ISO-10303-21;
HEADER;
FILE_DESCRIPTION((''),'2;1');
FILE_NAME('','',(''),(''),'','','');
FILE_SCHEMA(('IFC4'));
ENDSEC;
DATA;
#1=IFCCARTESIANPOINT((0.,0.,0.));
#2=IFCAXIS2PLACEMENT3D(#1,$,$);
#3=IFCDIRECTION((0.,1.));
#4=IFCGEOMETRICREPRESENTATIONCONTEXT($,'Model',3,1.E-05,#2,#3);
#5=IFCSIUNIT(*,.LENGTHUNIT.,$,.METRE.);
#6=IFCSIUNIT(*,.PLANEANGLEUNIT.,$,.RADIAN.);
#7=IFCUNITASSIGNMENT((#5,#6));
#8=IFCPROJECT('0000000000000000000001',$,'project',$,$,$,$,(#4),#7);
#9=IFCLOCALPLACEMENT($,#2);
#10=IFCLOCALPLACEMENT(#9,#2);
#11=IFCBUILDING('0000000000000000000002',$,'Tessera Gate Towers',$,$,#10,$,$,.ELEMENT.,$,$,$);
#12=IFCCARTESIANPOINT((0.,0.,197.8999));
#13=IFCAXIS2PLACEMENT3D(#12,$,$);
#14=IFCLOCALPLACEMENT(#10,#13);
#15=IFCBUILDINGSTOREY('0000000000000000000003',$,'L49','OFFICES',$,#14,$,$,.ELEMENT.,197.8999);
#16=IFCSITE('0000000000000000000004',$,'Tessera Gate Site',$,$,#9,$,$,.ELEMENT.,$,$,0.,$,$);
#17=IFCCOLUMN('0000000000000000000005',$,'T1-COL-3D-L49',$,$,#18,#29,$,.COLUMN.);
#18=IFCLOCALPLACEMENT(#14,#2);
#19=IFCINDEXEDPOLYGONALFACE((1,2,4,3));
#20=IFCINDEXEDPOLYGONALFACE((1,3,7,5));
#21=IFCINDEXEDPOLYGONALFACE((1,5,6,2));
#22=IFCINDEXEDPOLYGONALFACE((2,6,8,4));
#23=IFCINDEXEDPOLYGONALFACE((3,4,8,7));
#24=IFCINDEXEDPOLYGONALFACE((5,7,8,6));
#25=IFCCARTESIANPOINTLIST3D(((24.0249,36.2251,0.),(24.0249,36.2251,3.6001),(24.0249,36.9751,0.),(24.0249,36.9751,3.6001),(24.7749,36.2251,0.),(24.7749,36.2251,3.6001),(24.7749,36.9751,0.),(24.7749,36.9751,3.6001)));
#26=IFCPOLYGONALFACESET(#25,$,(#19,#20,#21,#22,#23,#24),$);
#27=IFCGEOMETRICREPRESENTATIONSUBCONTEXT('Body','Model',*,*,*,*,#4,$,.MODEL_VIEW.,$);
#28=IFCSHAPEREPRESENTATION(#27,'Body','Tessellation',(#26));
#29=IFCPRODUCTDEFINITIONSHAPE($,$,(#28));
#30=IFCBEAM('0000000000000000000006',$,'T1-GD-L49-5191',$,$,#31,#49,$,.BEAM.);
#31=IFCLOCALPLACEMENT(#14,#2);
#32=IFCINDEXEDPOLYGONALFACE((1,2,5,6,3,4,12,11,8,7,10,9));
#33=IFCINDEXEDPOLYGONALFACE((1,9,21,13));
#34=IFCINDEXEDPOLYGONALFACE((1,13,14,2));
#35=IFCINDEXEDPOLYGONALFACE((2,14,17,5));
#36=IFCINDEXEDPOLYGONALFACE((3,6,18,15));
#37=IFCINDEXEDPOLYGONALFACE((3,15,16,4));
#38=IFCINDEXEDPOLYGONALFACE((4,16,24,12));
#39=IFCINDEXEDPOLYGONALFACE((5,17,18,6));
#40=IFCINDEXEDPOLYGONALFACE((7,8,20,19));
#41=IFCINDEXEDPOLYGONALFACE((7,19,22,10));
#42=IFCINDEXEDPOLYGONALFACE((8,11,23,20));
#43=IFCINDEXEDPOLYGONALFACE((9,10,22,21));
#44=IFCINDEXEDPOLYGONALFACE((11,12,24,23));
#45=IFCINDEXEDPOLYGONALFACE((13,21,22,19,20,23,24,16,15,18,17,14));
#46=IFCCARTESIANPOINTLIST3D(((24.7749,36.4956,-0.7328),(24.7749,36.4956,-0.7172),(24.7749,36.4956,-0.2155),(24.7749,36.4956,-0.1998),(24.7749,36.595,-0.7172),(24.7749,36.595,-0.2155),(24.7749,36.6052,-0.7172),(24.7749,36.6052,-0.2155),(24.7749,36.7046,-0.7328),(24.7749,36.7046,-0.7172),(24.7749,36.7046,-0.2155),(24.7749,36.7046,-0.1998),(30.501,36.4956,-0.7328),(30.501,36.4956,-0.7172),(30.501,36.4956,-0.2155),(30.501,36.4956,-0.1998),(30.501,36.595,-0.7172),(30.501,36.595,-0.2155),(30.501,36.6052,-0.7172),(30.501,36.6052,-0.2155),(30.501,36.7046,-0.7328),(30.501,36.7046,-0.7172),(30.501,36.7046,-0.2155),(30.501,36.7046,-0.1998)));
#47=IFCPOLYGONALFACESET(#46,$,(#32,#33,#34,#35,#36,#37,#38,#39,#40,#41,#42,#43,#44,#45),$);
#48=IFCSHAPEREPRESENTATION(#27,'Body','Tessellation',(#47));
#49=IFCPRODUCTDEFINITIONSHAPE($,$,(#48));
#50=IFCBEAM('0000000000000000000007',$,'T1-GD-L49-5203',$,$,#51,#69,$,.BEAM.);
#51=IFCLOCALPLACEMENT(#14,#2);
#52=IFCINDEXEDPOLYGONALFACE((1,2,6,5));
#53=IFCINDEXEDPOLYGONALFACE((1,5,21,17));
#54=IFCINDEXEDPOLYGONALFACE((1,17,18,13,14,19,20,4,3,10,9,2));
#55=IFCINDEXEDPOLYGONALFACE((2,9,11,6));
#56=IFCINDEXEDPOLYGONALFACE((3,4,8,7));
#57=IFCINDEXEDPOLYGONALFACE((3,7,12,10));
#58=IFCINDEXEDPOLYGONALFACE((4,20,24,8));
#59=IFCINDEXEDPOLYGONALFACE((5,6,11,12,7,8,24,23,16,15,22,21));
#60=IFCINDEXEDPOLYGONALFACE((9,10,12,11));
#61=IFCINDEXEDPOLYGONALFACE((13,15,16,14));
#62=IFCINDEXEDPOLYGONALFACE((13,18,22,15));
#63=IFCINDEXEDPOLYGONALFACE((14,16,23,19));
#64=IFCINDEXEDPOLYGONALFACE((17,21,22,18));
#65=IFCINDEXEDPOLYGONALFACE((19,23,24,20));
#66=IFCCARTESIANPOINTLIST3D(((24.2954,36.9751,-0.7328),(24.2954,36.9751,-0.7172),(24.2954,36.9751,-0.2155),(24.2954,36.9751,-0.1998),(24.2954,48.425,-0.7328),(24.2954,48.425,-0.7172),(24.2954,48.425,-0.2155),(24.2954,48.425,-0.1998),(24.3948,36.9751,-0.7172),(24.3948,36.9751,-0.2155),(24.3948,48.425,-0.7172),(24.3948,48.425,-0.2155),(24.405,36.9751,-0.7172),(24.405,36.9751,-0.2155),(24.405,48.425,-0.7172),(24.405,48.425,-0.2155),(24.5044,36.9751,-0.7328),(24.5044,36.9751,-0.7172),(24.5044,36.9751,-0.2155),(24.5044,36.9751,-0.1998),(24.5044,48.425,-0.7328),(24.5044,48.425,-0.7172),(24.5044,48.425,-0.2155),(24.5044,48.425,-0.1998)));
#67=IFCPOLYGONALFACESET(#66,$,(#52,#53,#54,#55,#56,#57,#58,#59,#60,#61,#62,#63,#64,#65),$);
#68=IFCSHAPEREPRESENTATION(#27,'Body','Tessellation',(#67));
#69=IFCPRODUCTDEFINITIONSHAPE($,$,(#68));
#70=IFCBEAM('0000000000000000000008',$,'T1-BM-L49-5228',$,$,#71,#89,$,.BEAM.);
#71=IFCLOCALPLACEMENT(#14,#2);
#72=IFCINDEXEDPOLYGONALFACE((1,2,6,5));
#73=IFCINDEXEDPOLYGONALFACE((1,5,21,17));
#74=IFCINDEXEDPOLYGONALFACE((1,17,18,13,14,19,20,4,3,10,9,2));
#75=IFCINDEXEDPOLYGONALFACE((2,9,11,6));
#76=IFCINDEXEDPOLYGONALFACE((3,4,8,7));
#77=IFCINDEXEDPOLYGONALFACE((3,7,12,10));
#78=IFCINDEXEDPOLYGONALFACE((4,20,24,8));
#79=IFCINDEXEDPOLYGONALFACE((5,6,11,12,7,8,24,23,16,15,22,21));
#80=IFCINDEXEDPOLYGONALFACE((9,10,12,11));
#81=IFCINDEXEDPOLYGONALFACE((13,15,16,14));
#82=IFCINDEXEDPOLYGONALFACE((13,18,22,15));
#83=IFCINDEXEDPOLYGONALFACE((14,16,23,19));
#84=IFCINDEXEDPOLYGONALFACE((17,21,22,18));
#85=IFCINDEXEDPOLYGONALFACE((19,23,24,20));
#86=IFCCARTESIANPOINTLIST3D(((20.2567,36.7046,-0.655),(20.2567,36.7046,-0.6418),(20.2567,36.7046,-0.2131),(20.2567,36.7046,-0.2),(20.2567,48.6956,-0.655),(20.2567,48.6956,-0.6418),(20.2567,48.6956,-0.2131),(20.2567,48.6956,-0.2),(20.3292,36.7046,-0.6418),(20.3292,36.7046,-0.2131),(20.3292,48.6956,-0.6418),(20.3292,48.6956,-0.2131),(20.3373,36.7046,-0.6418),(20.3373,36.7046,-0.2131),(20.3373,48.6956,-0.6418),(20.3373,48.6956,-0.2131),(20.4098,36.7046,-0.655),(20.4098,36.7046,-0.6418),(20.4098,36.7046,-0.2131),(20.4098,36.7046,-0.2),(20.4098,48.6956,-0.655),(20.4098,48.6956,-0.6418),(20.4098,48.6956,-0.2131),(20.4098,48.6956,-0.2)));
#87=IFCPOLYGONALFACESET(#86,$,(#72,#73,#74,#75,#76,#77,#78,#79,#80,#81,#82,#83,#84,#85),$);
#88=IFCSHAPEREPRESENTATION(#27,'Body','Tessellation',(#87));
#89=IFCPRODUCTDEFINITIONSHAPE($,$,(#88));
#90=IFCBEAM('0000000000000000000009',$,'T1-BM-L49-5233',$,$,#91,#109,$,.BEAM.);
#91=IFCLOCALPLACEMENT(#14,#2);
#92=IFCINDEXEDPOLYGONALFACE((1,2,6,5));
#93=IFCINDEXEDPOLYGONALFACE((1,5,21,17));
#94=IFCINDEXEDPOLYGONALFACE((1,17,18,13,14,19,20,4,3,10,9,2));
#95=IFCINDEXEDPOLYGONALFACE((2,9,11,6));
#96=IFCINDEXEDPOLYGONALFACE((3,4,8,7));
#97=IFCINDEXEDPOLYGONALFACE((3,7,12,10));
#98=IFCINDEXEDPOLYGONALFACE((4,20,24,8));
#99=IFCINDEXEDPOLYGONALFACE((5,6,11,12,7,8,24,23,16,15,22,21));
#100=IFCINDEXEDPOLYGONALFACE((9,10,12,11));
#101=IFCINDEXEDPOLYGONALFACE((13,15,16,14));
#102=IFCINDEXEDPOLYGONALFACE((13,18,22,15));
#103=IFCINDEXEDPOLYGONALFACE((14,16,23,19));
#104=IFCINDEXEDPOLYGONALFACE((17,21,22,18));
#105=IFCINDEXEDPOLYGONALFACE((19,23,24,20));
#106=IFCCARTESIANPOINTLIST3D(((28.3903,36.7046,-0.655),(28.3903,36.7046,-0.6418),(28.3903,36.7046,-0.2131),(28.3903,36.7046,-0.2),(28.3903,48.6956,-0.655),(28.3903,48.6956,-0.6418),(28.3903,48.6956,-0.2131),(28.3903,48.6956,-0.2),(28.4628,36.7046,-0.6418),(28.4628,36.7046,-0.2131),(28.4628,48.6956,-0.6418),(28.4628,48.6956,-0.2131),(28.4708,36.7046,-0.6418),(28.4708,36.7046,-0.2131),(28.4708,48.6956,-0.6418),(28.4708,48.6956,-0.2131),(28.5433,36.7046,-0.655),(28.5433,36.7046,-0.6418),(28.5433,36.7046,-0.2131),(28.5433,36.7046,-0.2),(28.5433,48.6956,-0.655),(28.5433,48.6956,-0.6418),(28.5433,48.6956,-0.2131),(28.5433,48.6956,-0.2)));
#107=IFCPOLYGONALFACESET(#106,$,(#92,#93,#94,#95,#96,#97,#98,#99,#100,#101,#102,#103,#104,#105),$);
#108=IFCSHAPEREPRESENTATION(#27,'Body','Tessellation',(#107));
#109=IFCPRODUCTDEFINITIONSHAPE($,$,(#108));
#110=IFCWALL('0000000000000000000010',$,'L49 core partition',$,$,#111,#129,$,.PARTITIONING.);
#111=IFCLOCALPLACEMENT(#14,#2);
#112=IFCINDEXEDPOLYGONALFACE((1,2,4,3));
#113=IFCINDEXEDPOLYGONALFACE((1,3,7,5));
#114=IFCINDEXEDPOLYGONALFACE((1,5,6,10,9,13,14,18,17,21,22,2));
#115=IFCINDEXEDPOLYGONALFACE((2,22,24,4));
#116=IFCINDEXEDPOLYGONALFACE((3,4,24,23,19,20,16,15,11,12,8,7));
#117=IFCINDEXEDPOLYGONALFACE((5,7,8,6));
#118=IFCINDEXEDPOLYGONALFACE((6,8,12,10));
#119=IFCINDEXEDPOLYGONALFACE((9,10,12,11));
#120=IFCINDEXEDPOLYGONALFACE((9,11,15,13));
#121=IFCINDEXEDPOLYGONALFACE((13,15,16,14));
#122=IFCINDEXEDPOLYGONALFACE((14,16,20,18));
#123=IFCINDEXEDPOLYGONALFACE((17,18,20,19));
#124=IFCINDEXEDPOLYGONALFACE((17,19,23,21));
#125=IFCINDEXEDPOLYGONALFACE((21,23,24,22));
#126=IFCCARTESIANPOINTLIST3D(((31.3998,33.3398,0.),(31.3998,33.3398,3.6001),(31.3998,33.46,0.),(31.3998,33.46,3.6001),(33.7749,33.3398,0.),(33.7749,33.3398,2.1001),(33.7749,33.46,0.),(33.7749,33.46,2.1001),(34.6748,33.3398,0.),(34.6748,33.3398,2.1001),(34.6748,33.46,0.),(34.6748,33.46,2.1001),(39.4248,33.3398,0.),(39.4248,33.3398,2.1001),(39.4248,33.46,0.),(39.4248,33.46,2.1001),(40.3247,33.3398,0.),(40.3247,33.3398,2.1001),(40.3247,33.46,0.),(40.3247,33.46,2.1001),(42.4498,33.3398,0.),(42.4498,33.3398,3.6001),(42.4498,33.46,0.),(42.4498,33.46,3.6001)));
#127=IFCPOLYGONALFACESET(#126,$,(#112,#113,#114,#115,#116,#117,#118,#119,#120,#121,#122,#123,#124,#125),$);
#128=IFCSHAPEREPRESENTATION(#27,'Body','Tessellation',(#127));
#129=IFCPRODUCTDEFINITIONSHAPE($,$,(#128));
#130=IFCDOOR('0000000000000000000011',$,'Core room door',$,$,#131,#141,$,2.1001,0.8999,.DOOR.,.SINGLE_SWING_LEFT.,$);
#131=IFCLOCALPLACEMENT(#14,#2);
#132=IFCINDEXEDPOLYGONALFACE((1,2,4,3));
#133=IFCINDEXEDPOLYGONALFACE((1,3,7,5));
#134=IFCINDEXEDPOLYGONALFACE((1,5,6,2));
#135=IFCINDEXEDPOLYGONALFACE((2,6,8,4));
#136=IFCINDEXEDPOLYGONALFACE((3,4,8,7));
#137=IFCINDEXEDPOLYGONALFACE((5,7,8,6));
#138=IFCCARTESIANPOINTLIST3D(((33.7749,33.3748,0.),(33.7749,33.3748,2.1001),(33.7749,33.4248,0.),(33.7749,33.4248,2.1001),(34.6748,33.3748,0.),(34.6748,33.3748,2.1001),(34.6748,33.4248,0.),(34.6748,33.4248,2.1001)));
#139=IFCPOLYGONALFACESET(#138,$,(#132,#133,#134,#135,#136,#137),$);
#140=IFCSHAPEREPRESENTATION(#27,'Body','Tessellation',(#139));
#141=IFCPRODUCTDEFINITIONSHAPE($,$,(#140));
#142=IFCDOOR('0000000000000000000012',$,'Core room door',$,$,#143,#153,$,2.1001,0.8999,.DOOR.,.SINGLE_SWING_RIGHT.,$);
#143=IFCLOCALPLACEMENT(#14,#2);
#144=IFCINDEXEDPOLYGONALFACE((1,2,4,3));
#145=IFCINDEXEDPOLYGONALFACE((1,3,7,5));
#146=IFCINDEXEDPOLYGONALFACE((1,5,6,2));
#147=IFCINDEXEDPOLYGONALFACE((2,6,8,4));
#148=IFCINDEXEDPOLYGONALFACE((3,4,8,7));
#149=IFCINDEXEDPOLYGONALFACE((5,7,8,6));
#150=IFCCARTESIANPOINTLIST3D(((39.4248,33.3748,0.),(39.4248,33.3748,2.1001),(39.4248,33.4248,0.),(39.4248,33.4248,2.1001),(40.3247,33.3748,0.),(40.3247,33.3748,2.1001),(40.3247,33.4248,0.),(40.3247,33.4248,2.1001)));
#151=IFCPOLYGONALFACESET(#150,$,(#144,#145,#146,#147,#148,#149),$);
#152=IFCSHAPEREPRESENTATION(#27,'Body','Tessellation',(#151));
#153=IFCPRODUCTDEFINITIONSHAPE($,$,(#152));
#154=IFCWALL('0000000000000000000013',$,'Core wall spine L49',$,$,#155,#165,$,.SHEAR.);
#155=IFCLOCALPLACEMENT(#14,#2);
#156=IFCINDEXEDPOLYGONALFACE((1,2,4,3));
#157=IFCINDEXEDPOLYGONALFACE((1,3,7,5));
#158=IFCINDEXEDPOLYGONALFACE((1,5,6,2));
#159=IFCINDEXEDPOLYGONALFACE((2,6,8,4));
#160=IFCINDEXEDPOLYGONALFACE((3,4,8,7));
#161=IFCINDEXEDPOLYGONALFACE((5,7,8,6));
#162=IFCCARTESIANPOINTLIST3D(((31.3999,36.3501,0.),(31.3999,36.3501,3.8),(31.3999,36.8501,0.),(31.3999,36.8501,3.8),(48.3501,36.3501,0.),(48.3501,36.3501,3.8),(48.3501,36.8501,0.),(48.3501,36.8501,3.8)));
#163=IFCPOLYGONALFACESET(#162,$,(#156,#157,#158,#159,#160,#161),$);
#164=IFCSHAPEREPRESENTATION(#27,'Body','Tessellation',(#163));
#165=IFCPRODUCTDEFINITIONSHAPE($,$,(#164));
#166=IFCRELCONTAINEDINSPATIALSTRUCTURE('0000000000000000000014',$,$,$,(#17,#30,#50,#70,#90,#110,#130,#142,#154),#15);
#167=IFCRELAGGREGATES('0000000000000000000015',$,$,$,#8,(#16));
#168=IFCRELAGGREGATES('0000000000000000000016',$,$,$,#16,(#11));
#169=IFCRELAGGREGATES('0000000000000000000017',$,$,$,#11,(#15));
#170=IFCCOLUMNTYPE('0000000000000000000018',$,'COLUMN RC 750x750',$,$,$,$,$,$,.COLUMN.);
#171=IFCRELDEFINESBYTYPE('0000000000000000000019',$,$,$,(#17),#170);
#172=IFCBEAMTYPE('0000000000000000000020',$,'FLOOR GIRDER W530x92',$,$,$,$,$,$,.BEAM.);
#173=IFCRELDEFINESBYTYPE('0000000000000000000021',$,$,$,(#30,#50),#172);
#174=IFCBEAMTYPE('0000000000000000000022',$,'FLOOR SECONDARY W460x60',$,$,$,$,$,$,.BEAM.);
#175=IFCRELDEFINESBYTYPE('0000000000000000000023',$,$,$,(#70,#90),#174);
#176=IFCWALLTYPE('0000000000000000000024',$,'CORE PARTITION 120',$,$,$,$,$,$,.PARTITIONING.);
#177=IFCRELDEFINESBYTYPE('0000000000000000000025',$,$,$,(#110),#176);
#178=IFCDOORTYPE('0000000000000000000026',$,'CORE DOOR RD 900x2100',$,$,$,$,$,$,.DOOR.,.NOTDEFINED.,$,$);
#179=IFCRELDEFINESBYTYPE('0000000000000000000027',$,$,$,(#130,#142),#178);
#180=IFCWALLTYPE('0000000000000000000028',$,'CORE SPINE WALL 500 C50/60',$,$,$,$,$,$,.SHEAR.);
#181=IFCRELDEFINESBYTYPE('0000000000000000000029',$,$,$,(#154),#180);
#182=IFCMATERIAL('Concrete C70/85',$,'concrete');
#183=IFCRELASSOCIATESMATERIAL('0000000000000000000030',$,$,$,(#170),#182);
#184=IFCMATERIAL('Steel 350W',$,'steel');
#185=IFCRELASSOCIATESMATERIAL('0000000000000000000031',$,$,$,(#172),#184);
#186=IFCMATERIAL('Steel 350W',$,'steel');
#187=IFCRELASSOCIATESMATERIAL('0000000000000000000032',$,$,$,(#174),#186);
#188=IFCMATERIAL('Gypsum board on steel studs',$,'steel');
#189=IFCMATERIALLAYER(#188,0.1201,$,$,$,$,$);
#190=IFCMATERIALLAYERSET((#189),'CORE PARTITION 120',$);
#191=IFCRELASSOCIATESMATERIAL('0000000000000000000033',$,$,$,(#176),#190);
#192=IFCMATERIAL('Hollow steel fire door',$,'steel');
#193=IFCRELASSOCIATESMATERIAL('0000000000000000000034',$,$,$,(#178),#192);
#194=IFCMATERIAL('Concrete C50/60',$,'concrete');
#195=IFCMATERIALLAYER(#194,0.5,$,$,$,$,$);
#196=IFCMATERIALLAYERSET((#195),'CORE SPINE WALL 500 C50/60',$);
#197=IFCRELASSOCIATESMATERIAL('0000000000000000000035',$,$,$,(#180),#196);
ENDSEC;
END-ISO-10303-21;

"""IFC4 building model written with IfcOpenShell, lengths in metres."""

from ifc_helpers import new_model, si_unit, direction, frame, frame_2d, origin, origin_2d, place, context, subcontext, project, spatial, rectangle, i_section, extrude, source, transform, mapped, material, layer, layer_set, material_profile, profile_set, type_object, element, fill, save


model = new_model("IFC4")

# Units and contexts
model_context = context("Model", 3, precision=1e-05, world=origin(), true_north=direction((0.0, 1.0)))
body_context = subcontext(model_context, "Body", "Model", "MODEL_VIEW")
ifc_project = project(units=[si_unit("LENGTHUNIT", "METRE"), si_unit("PLANEANGLEUNIT", "RADIAN")], contexts=[model_context])

# Site, building, storey
site_placement = place(None, origin())
site = spatial("IfcSite", under=ifc_project, at=site_placement, Name="Tessera Gate Site", CompositionType="ELEMENT", RefElevation=0.0)
building_placement = place(site_placement, origin())
building = spatial("IfcBuilding", under=site, at=building_placement, Name="Tessera Gate Towers", CompositionType="ELEMENT")
storey_placement = place(building_placement, frame((0.0, 0.0, 197.8999)))
storey = spatial("IfcBuildingStorey", under=building, at=storey_placement, Name="L49", Description="OFFICES", CompositionType="ELEMENT", Elevation=197.8999)

# Column
ifc_material_1 = material(Name="Concrete C70/85", Category="concrete")
ifc_material_profile_1 = material_profile(ifc_material_1, rectangle(XDim=0.75, YDim=0.75, at=origin_2d()), Name="RC 750x750")
ifc_profile_set_1 = profile_set([ifc_material_profile_1], Name="Concrete C70/85")
column_type = type_object("IfcColumnType", Name="COLUMN RC 750x750", PredefinedType="COLUMN", material=ifc_profile_set_1)
column_placement = place(storey_placement, frame((24.3999, 36.6001, 0.0), z_axis=(0.0, 0.0, 1.0), x_axis=(1.0, 0.0, 0.0)))
element("IfcColumn", 1, at=column_placement, inside=storey, type_object=column_type, Name="T1-COL-3D-L49", PredefinedType="COLUMN", context=body_context, shape_type="SweptSolid", body=[
    extrude(rectangle(XDim=0.75, YDim=0.75, at=origin_2d()), origin(), (0.0, 0.0, 1.0), 3.6001),
])

# Beams
ifc_material_2 = material(Name="Steel 350W", Category="steel")
ifc_material_profile_2 = material_profile(ifc_material_2, i_section(OverallWidth=0.209, OverallDepth=0.533, WebThickness=0.0103, FlangeThickness=0.0156, at=origin_2d()), Name="W530x92")
ifc_profile_set_2 = profile_set([ifc_material_profile_2], Name="Steel 350W")
beam_type_1 = type_object("IfcBeamType", Name="FLOOR GIRDER W530x92", PredefinedType="BEAM", material=ifc_profile_set_2)
beam_1_placement = place(storey_placement, frame((24.7749, 36.6001, -0.4663), z_axis=(1.0, 0.0, 0.0), x_axis=(0.0, 1.0, 0.0)))
element("IfcBeam", 2, at=beam_1_placement, inside=storey, type_object=beam_type_1, Name="T1-GD-L49-5191", PredefinedType="BEAM", context=body_context, shape_type="SweptSolid", body=[
    extrude(i_section(OverallWidth=0.209, OverallDepth=0.533, WebThickness=0.0103, FlangeThickness=0.0156, at=origin_2d()), origin(), (0.0, 0.0, 1.0), 5.7261),
])
beam_2_placement = place(storey_placement, frame((24.3999, 36.9751, -0.4663), z_axis=(0.0, 1.0, 0.0), x_axis=(-1.0, 0.0, 0.0)))
element("IfcBeam", 3, at=beam_2_placement, inside=storey, type_object=beam_type_1, Name="T1-GD-L49-5203", PredefinedType="BEAM", context=body_context, shape_type="SweptSolid", body=[
    extrude(i_section(OverallWidth=0.209, OverallDepth=0.533, WebThickness=0.0103, FlangeThickness=0.0156, at=origin_2d()), origin(), (0.0, 0.0, 1.0), 11.45),
])
ifc_material_3 = material(Name="Steel 350W", Category="steel")
ifc_material_profile_3 = material_profile(ifc_material_3, i_section(OverallWidth=0.1531, OverallDepth=0.4551, WebThickness=0.0081, FlangeThickness=0.0132, at=origin_2d()), Name="W460x60")
ifc_profile_set_3 = profile_set([ifc_material_profile_3], Name="Steel 350W")
beam_type_2 = type_object("IfcBeamType", Name="FLOOR SECONDARY W460x60", PredefinedType="BEAM", material=ifc_profile_set_3)
for number, where, z_axis, x_axis, name in (
    (4, (20.3333, 36.7046, -0.4275), (0.0, 1.0, 0.0), (-1.0, 0.0, 0.0), "T1-BM-L49-5228"),
    (5, (28.4668, 36.7046, -0.4275), (0.0, 1.0, 0.0), (-1.0, 0.0, 0.0), "T1-BM-L49-5233"),
):
    element("IfcBeam", number, at=place(storey_placement, frame(where, z_axis=z_axis, x_axis=x_axis)), inside=storey, type_object=beam_type_2, Name=name, PredefinedType="BEAM", context=body_context, shape_type="SweptSolid", body=[
        extrude(i_section(OverallWidth=0.1531, OverallDepth=0.4551, WebThickness=0.0081, FlangeThickness=0.0132, at=origin_2d()), origin(), (0.0, 0.0, 1.0), 11.991),
    ])

# Wall, openings, doors
ifc_material_4 = material(Name="Gypsum board on steel studs", Category="steel")
ifc_layer_1 = layer(ifc_material_4, 0.1201)
ifc_layer_set_1 = layer_set([ifc_layer_1], Name="CORE PARTITION 120")
wall_type_1 = type_object("IfcWallType", Name="CORE PARTITION 120", PredefinedType="PARTITIONING", material=ifc_layer_set_1)
wall_1_placement = place(storey_placement, frame((31.3999, 33.3999, 0.0), z_axis=(0.0, 0.0, 1.0), x_axis=(1.0, 0.0, 0.0)))
wall_1 = element("IfcWall", 6, at=wall_1_placement, inside=storey, type_object=wall_type_1, Name="L49 core partition", PredefinedType="PARTITIONING", context=body_context, shape_type="SweptSolid", body=[
    extrude(rectangle(XDim=11.05, YDim=0.1201, at=frame_2d((5.5249, 0.0))), origin(), (0.0, 0.0, 1.0), 3.6001),
])
shared_shape_1 = source(origin(), body_context, "Body", "SweptSolid", [
    extrude(rectangle(XDim=0.8999, YDim=2.1001, at=frame_2d((0.45, 1.05))), frame((0.0, 0.0701, 0.0), z_axis=(0.0, -1.0, 0.0), x_axis=(1.0, 0.0, 0.0)), (0.0, 0.0, 1.0), 0.1401),
])
opening_1_placement = place(wall_1_placement, frame((2.375, 0.0, 0.0)))
opening_1 = element("IfcOpeningElement", 7, at=opening_1_placement, cuts=wall_1, PredefinedType="OPENING", context=body_context, shape_type="MappedRepresentation", body=[
    mapped(shared_shape_1, transform((0.0, 0.0, 0.0), scale=1.0)),
])
opening_2_placement = place(wall_1_placement, frame((8.0249, 0.0, 0.0)))
opening_2 = element("IfcOpeningElement", 8, at=opening_2_placement, cuts=wall_1, PredefinedType="OPENING", context=body_context, shape_type="MappedRepresentation", body=[
    mapped(shared_shape_1, transform((0.0, 0.0, 0.0), scale=1.0)),
])
ifc_material_5 = material(Name="Hollow steel fire door", Category="steel")
door_type_1 = type_object("IfcDoorType", Name="CORE DOOR RD 900x2100", OperationType="NOTDEFINED", PredefinedType="DOOR", material=ifc_material_5)
shared_shape_2 = source(origin(), body_context, "Body", "SweptSolid", [
    extrude(rectangle(XDim=0.8999, YDim=2.1001, at=frame_2d((0.45, 1.05))), frame((0.0, 0.0249, 0.0), z_axis=(0.0, -1.0, 0.0), x_axis=(1.0, 0.0, 0.0)), (0.0, 0.0, 1.0), 0.05),
])
door_1_placement = place(opening_1_placement, origin())
door_1 = element("IfcDoor", 9, at=door_1_placement, inside=storey, type_object=door_type_1, Name="Core room door", OperationType="SINGLE_SWING_LEFT", OverallHeight=2.1001, OverallWidth=0.8999, PredefinedType="DOOR", context=body_context, shape_type="MappedRepresentation", body=[
    mapped(shared_shape_2, transform((0.0, 0.0, 0.0), scale=1.0)),
])
fill(opening_1, door_1)
door_2_placement = place(opening_2_placement, origin())
door_2 = element("IfcDoor", 10, at=door_2_placement, inside=storey, type_object=door_type_1, Name="Core room door", OperationType="SINGLE_SWING_RIGHT", OverallHeight=2.1001, OverallWidth=0.8999, PredefinedType="DOOR", context=body_context, shape_type="MappedRepresentation", body=[
    mapped(shared_shape_2, transform((0.0, 0.0, 0.0), scale=1.0)),
])
fill(opening_2, door_2)

# Wall
ifc_material_6 = material(Name="Concrete C50/60", Category="concrete")
ifc_layer_2 = layer(ifc_material_6, 0.5)
ifc_layer_set_2 = layer_set([ifc_layer_2], Name="CORE SPINE WALL 500 C50/60")
wall_type_2 = type_object("IfcWallType", Name="CORE SPINE WALL 500 C50/60", PredefinedType="SHEAR", material=ifc_layer_set_2)
wall_2_placement = place(storey_placement, frame((31.3999, 36.6001, 0.0), z_axis=(0.0, 0.0, 1.0), x_axis=(1.0, 0.0, 0.0)))
element("IfcWall", 11, at=wall_2_placement, inside=storey, type_object=wall_type_2, Name="Core wall spine L49", PredefinedType="SHEAR", context=body_context, shape_type="SweptSolid", body=[
    extrude(rectangle(XDim=16.9502, YDim=0.5, at=frame_2d((8.4751, 0.0))), origin(), (0.0, 0.0, 1.0), 3.8),
])

save(model, "model.ifc")
